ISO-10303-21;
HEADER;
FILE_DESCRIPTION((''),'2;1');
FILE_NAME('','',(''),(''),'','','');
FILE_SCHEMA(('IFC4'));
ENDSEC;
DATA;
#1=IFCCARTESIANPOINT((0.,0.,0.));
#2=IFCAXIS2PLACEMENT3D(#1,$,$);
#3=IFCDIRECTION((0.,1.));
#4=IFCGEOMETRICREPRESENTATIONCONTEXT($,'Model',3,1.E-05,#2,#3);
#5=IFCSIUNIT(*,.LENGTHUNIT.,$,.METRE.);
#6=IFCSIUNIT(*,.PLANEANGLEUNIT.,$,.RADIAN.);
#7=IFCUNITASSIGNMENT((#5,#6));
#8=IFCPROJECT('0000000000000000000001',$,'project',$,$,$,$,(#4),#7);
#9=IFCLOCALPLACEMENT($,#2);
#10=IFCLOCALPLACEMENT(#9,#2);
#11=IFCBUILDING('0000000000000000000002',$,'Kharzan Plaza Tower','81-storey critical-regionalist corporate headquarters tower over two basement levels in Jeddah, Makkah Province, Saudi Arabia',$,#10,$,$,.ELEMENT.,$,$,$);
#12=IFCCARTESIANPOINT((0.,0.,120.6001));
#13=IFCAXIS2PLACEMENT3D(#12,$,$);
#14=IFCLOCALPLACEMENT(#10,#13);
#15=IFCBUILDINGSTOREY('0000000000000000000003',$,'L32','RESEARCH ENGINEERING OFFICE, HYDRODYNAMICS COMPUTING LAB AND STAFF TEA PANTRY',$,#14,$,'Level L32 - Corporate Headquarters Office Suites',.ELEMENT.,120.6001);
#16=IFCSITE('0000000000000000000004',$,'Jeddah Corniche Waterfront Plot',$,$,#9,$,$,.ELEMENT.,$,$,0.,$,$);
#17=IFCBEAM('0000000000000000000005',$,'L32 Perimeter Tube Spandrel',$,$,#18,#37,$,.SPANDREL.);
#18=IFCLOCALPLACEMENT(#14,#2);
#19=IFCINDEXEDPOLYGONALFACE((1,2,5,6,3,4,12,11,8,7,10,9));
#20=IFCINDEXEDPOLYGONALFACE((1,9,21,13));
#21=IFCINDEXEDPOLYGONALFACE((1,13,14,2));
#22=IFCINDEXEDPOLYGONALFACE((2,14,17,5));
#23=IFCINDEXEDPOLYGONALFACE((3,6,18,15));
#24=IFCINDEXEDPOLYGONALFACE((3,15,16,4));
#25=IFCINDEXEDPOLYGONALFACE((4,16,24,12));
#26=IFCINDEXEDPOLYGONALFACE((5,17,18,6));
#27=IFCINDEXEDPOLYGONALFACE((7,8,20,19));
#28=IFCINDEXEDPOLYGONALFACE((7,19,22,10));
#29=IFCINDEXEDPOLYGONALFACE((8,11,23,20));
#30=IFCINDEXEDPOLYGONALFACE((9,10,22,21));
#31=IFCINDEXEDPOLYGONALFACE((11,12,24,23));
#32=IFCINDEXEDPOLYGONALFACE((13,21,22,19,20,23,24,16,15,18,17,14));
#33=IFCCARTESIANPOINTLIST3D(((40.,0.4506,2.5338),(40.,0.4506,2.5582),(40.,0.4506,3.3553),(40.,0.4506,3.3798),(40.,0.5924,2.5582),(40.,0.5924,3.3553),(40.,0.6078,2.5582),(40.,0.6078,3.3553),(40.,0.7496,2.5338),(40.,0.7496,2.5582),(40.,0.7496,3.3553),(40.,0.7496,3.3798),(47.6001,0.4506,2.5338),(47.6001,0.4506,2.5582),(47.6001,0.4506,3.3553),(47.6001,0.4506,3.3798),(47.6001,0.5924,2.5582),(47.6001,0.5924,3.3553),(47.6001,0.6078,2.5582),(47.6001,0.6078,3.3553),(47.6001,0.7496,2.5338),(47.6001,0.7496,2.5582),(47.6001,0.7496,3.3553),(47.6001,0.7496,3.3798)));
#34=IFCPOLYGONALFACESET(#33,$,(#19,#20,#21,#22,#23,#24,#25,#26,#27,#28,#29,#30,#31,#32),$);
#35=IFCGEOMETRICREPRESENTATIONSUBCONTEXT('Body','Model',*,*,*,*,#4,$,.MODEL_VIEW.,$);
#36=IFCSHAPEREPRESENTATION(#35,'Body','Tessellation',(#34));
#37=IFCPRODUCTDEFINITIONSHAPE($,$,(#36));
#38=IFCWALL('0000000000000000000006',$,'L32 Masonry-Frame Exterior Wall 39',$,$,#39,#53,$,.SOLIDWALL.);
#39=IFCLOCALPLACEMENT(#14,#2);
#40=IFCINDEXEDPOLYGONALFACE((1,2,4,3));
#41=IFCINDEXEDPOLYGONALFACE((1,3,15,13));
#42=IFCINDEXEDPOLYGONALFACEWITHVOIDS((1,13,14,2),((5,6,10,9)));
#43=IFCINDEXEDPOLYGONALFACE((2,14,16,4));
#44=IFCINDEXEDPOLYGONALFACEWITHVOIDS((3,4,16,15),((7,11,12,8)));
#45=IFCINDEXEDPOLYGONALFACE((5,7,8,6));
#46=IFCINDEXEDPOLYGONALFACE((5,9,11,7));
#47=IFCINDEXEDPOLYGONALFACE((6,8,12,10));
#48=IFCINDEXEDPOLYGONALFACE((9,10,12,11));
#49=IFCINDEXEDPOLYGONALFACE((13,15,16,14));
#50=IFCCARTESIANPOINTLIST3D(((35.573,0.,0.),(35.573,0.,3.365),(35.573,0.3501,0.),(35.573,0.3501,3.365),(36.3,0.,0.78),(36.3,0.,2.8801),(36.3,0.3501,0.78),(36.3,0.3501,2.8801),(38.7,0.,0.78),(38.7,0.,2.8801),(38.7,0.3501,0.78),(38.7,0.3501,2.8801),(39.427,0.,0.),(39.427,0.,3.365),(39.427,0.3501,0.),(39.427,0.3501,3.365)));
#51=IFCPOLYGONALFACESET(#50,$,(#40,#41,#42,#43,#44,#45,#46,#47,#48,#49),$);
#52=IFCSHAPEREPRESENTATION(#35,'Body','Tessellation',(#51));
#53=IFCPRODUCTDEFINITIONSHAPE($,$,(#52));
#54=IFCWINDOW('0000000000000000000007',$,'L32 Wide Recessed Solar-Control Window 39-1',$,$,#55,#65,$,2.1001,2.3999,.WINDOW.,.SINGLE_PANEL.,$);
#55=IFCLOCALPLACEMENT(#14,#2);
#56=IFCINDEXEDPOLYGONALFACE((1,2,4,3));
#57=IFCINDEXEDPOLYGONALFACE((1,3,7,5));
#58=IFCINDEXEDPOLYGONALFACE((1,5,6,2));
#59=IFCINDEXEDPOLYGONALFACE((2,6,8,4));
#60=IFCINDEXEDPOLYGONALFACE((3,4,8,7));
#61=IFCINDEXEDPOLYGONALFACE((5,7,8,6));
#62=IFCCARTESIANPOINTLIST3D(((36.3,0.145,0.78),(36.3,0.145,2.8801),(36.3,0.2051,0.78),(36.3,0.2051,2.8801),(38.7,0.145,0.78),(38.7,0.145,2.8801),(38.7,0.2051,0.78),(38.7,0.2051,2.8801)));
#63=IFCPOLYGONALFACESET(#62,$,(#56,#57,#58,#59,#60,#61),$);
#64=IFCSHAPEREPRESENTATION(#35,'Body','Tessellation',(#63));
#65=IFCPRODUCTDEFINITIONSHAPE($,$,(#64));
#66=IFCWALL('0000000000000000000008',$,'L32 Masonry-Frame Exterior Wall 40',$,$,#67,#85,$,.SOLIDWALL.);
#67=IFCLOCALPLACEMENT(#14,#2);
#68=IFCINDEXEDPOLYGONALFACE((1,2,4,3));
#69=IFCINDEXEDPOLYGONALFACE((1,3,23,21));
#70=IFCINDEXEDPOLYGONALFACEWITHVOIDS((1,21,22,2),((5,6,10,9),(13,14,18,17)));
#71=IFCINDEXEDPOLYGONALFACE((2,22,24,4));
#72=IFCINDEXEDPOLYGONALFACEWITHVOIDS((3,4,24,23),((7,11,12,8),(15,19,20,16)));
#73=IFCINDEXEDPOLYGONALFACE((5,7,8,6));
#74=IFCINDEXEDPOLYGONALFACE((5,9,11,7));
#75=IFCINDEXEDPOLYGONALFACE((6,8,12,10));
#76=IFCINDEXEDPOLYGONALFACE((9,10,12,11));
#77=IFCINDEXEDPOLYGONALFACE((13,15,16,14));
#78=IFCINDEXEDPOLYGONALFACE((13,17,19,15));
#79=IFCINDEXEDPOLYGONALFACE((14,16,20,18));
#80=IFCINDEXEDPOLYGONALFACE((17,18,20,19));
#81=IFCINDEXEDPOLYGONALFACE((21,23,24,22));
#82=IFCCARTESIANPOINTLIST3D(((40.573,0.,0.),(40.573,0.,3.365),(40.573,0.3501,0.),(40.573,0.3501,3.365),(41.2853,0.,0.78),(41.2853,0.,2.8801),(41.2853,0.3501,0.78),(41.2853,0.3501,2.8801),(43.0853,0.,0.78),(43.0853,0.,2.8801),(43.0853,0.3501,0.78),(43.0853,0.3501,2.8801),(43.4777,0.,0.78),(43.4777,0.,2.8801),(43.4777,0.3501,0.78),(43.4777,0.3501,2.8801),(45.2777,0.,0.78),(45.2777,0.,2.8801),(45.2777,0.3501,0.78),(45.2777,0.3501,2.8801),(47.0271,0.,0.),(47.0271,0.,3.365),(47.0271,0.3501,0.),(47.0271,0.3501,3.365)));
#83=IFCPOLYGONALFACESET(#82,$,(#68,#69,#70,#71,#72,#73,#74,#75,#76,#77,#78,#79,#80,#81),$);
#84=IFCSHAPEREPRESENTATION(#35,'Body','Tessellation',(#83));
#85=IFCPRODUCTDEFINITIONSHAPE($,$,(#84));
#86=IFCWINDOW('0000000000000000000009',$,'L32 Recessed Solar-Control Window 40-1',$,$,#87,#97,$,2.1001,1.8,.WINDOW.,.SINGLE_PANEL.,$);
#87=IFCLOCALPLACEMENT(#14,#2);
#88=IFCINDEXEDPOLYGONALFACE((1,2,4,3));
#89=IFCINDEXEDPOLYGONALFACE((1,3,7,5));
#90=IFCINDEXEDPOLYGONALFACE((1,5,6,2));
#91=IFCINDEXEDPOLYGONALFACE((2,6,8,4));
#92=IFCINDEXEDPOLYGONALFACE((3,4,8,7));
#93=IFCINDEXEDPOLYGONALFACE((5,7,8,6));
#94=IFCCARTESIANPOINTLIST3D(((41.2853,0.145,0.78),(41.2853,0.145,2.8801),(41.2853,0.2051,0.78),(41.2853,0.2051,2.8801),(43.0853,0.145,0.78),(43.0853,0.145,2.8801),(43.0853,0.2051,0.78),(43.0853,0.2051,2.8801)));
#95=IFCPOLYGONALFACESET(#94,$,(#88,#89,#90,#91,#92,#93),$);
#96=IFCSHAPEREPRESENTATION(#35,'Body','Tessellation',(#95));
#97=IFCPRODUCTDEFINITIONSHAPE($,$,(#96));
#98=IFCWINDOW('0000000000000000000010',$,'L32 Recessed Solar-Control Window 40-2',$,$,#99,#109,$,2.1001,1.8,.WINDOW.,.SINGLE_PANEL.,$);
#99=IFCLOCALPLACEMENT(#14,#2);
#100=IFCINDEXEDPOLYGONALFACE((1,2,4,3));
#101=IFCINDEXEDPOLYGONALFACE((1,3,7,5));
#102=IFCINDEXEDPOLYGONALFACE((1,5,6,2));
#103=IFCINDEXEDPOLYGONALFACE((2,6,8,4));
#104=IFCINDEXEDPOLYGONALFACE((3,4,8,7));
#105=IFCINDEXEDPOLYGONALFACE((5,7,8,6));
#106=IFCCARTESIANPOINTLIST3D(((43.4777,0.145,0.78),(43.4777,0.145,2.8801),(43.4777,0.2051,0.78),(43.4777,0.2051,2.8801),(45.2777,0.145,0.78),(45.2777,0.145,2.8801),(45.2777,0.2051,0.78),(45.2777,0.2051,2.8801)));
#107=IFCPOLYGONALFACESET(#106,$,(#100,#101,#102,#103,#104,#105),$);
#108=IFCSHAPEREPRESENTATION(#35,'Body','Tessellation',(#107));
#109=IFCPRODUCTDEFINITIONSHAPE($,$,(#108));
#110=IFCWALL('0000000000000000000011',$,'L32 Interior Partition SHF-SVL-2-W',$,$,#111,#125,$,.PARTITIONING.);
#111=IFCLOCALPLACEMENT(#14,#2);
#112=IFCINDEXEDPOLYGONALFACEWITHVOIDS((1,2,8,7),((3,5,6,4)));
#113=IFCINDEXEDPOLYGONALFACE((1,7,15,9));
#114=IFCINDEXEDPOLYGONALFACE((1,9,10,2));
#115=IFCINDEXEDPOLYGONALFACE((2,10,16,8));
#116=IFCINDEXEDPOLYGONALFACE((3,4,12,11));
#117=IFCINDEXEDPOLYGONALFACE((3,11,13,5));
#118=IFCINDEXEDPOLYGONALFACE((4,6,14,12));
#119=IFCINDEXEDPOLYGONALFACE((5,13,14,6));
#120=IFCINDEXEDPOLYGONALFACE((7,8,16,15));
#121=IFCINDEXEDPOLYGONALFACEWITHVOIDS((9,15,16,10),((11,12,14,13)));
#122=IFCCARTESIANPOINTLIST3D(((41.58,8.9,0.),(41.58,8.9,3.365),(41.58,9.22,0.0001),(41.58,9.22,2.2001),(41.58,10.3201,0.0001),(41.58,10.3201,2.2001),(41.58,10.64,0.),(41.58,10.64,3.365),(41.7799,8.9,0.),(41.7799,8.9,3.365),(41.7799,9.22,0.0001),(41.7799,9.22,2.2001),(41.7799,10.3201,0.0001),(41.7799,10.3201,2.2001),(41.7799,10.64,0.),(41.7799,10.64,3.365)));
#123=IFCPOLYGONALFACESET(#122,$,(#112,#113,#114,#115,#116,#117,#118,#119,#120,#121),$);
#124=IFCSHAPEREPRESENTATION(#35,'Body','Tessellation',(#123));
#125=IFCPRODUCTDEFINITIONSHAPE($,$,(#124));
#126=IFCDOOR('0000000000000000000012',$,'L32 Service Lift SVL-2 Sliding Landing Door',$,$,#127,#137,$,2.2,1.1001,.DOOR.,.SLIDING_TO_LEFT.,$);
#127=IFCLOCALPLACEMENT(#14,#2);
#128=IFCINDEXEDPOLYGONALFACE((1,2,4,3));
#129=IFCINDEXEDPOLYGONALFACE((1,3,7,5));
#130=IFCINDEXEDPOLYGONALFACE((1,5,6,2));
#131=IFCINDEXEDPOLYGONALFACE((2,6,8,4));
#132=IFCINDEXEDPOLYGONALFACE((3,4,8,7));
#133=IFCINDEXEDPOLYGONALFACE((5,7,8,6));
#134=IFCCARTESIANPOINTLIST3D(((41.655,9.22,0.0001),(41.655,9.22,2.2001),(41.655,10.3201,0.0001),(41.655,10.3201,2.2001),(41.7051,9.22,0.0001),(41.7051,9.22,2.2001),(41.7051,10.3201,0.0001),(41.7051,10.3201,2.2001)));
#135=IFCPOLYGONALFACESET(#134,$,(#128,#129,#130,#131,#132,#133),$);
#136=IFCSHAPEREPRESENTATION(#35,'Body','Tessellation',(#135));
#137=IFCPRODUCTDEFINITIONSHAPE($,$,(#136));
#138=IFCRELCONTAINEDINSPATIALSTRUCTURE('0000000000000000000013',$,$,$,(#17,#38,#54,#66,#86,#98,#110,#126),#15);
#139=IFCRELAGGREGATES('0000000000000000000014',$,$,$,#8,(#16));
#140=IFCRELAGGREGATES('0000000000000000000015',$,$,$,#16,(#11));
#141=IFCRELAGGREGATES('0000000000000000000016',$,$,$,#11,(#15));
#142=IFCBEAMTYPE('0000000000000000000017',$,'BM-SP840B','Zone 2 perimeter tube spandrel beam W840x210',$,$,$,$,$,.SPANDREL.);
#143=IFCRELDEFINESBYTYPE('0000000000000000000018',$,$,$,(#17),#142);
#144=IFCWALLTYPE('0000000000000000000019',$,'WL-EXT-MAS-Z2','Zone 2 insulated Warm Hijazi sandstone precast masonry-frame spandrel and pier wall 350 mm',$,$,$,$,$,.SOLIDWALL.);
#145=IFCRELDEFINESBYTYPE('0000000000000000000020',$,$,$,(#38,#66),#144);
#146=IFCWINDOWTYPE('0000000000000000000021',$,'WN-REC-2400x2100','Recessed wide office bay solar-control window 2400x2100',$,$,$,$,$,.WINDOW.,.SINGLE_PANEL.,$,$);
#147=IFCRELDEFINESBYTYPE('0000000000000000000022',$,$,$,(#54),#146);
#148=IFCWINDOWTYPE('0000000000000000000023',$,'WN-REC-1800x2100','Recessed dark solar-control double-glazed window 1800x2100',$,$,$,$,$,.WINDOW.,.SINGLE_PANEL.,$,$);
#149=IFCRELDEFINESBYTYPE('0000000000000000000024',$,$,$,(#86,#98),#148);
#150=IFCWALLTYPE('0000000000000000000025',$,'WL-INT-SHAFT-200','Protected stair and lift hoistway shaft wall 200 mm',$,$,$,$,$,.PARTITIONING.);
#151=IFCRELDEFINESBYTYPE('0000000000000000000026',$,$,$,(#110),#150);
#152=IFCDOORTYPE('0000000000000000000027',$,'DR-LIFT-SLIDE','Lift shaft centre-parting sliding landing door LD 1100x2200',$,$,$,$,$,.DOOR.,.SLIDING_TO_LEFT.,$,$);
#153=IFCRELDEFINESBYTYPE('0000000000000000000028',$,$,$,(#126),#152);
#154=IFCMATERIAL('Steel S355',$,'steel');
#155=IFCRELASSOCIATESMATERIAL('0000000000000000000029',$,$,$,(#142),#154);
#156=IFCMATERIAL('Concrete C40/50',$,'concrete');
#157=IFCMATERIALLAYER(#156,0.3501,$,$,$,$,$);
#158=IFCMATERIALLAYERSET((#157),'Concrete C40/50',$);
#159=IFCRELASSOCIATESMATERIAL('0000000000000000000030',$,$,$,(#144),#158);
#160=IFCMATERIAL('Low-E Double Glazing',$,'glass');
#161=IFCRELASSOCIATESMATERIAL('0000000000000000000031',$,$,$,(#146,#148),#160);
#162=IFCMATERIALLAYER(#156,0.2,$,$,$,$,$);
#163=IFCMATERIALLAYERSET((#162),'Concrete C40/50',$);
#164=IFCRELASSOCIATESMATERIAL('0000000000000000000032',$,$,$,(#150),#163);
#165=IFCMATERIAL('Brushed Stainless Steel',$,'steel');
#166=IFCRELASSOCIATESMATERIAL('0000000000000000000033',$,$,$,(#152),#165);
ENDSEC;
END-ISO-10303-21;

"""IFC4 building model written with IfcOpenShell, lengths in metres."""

from ifc_helpers import new_model, si_unit, direction, frame, frame_2d, origin, origin_2d, place, context, subcontext, project, spatial, rectangle, i_section, extrude, source, transform, mapped, material, layer, layer_set, material_profile, profile_set, type_object, element, fill, save


model = new_model("IFC4")

# Units and contexts
model_context = context("Model", 3, precision=1e-05, world=origin(), true_north=direction((0.0, 1.0)))
body_context = subcontext(model_context, "Body", "Model", "MODEL_VIEW")
ifc_project = project(units=[si_unit("LENGTHUNIT", "METRE"), si_unit("PLANEANGLEUNIT", "RADIAN")], contexts=[model_context])

# Site, building, storey
site_placement = place(None, origin())
site = spatial("IfcSite", under=ifc_project, at=site_placement, Name="Jeddah Corniche Waterfront Plot", CompositionType="ELEMENT", RefElevation=0.0)
building_placement = place(site_placement, origin())
building = spatial("IfcBuilding", under=site, at=building_placement, Name="Kharzan Plaza Tower", Description="81-storey critical-regionalist corporate headquarters tower over two basement levels in Jeddah, Makkah Province, Saudi Arabia", CompositionType="ELEMENT")
storey_placement = place(building_placement, frame((0.0, 0.0, 120.6001)))
storey = spatial("IfcBuildingStorey", under=building, at=storey_placement, Name="L32", Description="RESEARCH ENGINEERING OFFICE, HYDRODYNAMICS COMPUTING LAB AND STAFF TEA PANTRY", LongName="Level L32 - Corporate Headquarters Office Suites", CompositionType="ELEMENT", Elevation=120.6001)

# Beam
ifc_material_1 = material(Name="Steel S355", Category="steel")
ifc_material_profile_1 = material_profile(ifc_material_1, i_section(OverallWidth=0.2991, OverallDepth=0.8459, WebThickness=0.0154, FlangeThickness=0.0244, at=origin_2d()), Name="W840x210")
ifc_profile_set_1 = profile_set([ifc_material_profile_1], Name="Steel S355")
beam_type_1 = type_object("IfcBeamType", Name="BM-SP840B", Description="Zone 2 perimeter tube spandrel beam W840x210", PredefinedType="SPANDREL", material=ifc_profile_set_1)
shared_shape_1 = source(origin(), body_context, "Body", "SweptSolid", [
    extrude(i_section(OverallWidth=0.2991, OverallDepth=0.8459, WebThickness=0.0154, FlangeThickness=0.0244, at=origin_2d()), origin(), (0.0, 0.0, 1.0), 7.6001),
])
beam_1_placement = place(storey_placement, frame((40.0, 0.6001, 2.9568), z_axis=(1.0, 0.0, 0.0), x_axis=(0.0, 1.0, 0.0)))
element("IfcBeam", 1, at=beam_1_placement, inside=storey, type_object=beam_type_1, Name="L32 Perimeter Tube Spandrel", PredefinedType="SPANDREL", context=body_context, shape_type="MappedRepresentation", body=[
    mapped(shared_shape_1, transform((0.0, 0.0, 0.0), x_axis=(1.0, 0.0, 0.0), y_axis=(0.0, 1.0, 0.0), z_axis=(0.0, 0.0, 1.0))),
])

# Wall, opening, window
ifc_material_2 = material(Name="Concrete C40/50", Category="concrete")
ifc_layer_1 = layer(ifc_material_2, 0.3501)
ifc_layer_set_1 = layer_set([ifc_layer_1], Name="Concrete C40/50")
wall_type_1 = type_object("IfcWallType", Name="WL-EXT-MAS-Z2", Description="Zone 2 insulated Warm Hijazi sandstone precast masonry-frame spandrel and pier wall 350 mm", PredefinedType="SOLIDWALL", material=ifc_layer_set_1)
wall_1_placement = place(storey_placement, frame((35.573, 0.175, 0.0), z_axis=(0.0, 0.0, 1.0), x_axis=(1.0, 0.0, 0.0)))
wall_1 = element("IfcWall", 2, at=wall_1_placement, inside=storey, type_object=wall_type_1, Name="L32 Masonry-Frame Exterior Wall 39", PredefinedType="SOLIDWALL", context=body_context, shape_type="SweptSolid", body=[
    extrude(rectangle(XDim=3.854, YDim=0.3501, at=frame_2d((1.927, 0.0))), origin(), (0.0, 0.0, 1.0), 3.365),
])
opening_1_placement = place(wall_1_placement, frame((0.7271, 0.0, 0.78)))
opening_1 = element("IfcOpeningElement", 3, at=opening_1_placement, cuts=wall_1, PredefinedType="OPENING", context=body_context, shape_type="SweptSolid", body=[
    extrude(rectangle(XDim=2.3999, YDim=2.1001, at=frame_2d((1.2, 1.05))), frame((0.0, 0.1851, 0.0), z_axis=(0.0, -1.0, 0.0), x_axis=(1.0, 0.0, 0.0)), (0.0, 0.0, 1.0), 0.3701),
])
ifc_material_3 = material(Name="Low-E Double Glazing", Category="glass")
window_type_1 = type_object("IfcWindowType", Name="WN-REC-2400x2100", Description="Recessed wide office bay solar-control window 2400x2100", PartitioningType="SINGLE_PANEL", PredefinedType="WINDOW", material=ifc_material_3)
shared_shape_2 = source(origin(), body_context, "Body", "SweptSolid", [
    extrude(rectangle(XDim=2.3999, YDim=2.1001, at=frame_2d((1.2, 1.05))), frame((0.0, 0.03, 0.0), z_axis=(0.0, -1.0, 0.0), x_axis=(1.0, 0.0, 0.0)), (0.0, 0.0, 1.0), 0.0601),
])
window_1_placement = place(opening_1_placement, origin())
window_1 = element("IfcWindow", 4, at=window_1_placement, inside=storey, type_object=window_type_1, Name="L32 Wide Recessed Solar-Control Window 39-1", OverallHeight=2.1001, OverallWidth=2.3999, PartitioningType="SINGLE_PANEL", PredefinedType="WINDOW", context=body_context, shape_type="MappedRepresentation", body=[
    mapped(shared_shape_2, transform((0.0, 0.0, 0.0), x_axis=(1.0, 0.0, 0.0), y_axis=(0.0, 1.0, 0.0), z_axis=(0.0, 0.0, 1.0))),
])
fill(opening_1, window_1)

# Wall, openings, windows
wall_2_placement = place(storey_placement, frame((40.573, 0.175, 0.0), z_axis=(0.0, 0.0, 1.0), x_axis=(1.0, 0.0, 0.0)))
wall_2 = element("IfcWall", 5, at=wall_2_placement, inside=storey, type_object=wall_type_1, Name="L32 Masonry-Frame Exterior Wall 40", PredefinedType="SOLIDWALL", context=body_context, shape_type="SweptSolid", body=[
    extrude(rectangle(XDim=6.4541, YDim=0.3501, at=frame_2d((3.2271, 0.0))), origin(), (0.0, 0.0, 1.0), 3.365),
])
opening_2_placement = place(wall_2_placement, frame((0.7124, 0.0, 0.78)))
opening_2 = element("IfcOpeningElement", 6, at=opening_2_placement, cuts=wall_2, PredefinedType="OPENING", context=body_context, shape_type="SweptSolid", body=[
    extrude(rectangle(XDim=1.8, YDim=2.1001, at=frame_2d((0.8999, 1.05))), frame((0.0, 0.1851, 0.0), z_axis=(0.0, -1.0, 0.0), x_axis=(1.0, 0.0, 0.0)), (0.0, 0.0, 1.0), 0.3701),
])
opening_3_placement = place(wall_2_placement, frame((2.9048, 0.0, 0.78)))
opening_3 = element("IfcOpeningElement", 7, at=opening_3_placement, cuts=wall_2, PredefinedType="OPENING", context=body_context, shape_type="SweptSolid", body=[
    extrude(rectangle(XDim=1.8, YDim=2.1001, at=frame_2d((0.8999, 1.05))), frame((0.0, 0.1851, 0.0), z_axis=(0.0, -1.0, 0.0), x_axis=(1.0, 0.0, 0.0)), (0.0, 0.0, 1.0), 0.3701),
])
window_type_2 = type_object("IfcWindowType", Name="WN-REC-1800x2100", Description="Recessed dark solar-control double-glazed window 1800x2100", PartitioningType="SINGLE_PANEL", PredefinedType="WINDOW", material=ifc_material_3)
shared_shape_3 = source(origin(), body_context, "Body", "SweptSolid", [
    extrude(rectangle(XDim=1.8, YDim=2.1001, at=frame_2d((0.8999, 1.05))), frame((0.0, 0.03, 0.0), z_axis=(0.0, -1.0, 0.0), x_axis=(1.0, 0.0, 0.0)), (0.0, 0.0, 1.0), 0.0601),
])
window_2_placement = place(opening_2_placement, origin())
window_2 = element("IfcWindow", 8, at=window_2_placement, inside=storey, type_object=window_type_2, Name="L32 Recessed Solar-Control Window 40-1", OverallHeight=2.1001, OverallWidth=1.8, PartitioningType="SINGLE_PANEL", PredefinedType="WINDOW", context=body_context, shape_type="MappedRepresentation", body=[
    mapped(shared_shape_3, transform((0.0, 0.0, 0.0), x_axis=(1.0, 0.0, 0.0), y_axis=(0.0, 1.0, 0.0), z_axis=(0.0, 0.0, 1.0))),
])
fill(opening_2, window_2)
window_3_placement = place(opening_3_placement, origin())
window_3 = element("IfcWindow", 9, at=window_3_placement, inside=storey, type_object=window_type_2, Name="L32 Recessed Solar-Control Window 40-2", OverallHeight=2.1001, OverallWidth=1.8, PartitioningType="SINGLE_PANEL", PredefinedType="WINDOW", context=body_context, shape_type="MappedRepresentation", body=[
    mapped(shared_shape_3, transform((0.0, 0.0, 0.0), x_axis=(1.0, 0.0, 0.0), y_axis=(0.0, 1.0, 0.0), z_axis=(0.0, 0.0, 1.0))),
])
fill(opening_3, window_3)

# Wall, opening, door
ifc_layer_2 = layer(ifc_material_2, 0.2)
ifc_layer_set_2 = layer_set([ifc_layer_2], Name="Concrete C40/50")
wall_type_2 = type_object("IfcWallType", Name="WL-INT-SHAFT-200", Description="Protected stair and lift hoistway shaft wall 200 mm", PredefinedType="PARTITIONING", material=ifc_layer_set_2)
wall_3_placement = place(storey_placement, frame((41.6799, 8.8999, 0.0), z_axis=(0.0, 0.0, 1.0), x_axis=(0.0, 1.0, 0.0)))
wall_3 = element("IfcWall", 10, at=wall_3_placement, inside=storey, type_object=wall_type_2, Name="L32 Interior Partition SHF-SVL-2-W", PredefinedType="PARTITIONING", context=body_context, shape_type="SweptSolid", body=[
    extrude(rectangle(XDim=1.74, YDim=0.2, at=frame_2d((0.8701, 0.0))), origin(), (0.0, 0.0, 1.0), 3.365),
])
opening_4_placement = place(wall_3_placement, frame((0.3201, 0.0, 0.0)))
opening_4 = element("IfcOpeningElement", 11, at=opening_4_placement, cuts=wall_3, PredefinedType="OPENING", context=body_context, shape_type="SweptSolid", body=[
    extrude(rectangle(XDim=1.1001, YDim=2.2, at=frame_2d((0.55, 1.1001))), frame((0.0, 0.1099, 0.0), z_axis=(0.0, -1.0, 0.0), x_axis=(1.0, 0.0, 0.0)), (0.0, 0.0, 1.0), 0.22),
])
ifc_material_4 = material(Name="Brushed Stainless Steel", Category="steel")
door_type_1 = type_object("IfcDoorType", Name="DR-LIFT-SLIDE", Description="Lift shaft centre-parting sliding landing door LD 1100x2200", OperationType="SLIDING_TO_LEFT", PredefinedType="DOOR", material=ifc_material_4)
shared_shape_4 = source(origin(), body_context, "Body", "SweptSolid", [
    extrude(rectangle(XDim=1.1001, YDim=2.2, at=frame_2d((0.55, 1.1001))), frame((0.0, 0.0249, 0.0), z_axis=(0.0, -1.0, 0.0), x_axis=(1.0, 0.0, 0.0)), (0.0, 0.0, 1.0), 0.05),
])
door_1_placement = place(opening_4_placement, origin())
door_1 = element("IfcDoor", 12, at=door_1_placement, inside=storey, type_object=door_type_1, Name="L32 Service Lift SVL-2 Sliding Landing Door", OperationType="SLIDING_TO_LEFT", OverallHeight=2.2, OverallWidth=1.1001, PredefinedType="DOOR", context=body_context, shape_type="MappedRepresentation", body=[
    mapped(shared_shape_4, transform((0.0, 0.0, 0.0), x_axis=(1.0, 0.0, 0.0), y_axis=(0.0, 1.0, 0.0), z_axis=(0.0, 0.0, 1.0))),
])
fill(opening_4, door_1)

save(model, "model.ifc")
